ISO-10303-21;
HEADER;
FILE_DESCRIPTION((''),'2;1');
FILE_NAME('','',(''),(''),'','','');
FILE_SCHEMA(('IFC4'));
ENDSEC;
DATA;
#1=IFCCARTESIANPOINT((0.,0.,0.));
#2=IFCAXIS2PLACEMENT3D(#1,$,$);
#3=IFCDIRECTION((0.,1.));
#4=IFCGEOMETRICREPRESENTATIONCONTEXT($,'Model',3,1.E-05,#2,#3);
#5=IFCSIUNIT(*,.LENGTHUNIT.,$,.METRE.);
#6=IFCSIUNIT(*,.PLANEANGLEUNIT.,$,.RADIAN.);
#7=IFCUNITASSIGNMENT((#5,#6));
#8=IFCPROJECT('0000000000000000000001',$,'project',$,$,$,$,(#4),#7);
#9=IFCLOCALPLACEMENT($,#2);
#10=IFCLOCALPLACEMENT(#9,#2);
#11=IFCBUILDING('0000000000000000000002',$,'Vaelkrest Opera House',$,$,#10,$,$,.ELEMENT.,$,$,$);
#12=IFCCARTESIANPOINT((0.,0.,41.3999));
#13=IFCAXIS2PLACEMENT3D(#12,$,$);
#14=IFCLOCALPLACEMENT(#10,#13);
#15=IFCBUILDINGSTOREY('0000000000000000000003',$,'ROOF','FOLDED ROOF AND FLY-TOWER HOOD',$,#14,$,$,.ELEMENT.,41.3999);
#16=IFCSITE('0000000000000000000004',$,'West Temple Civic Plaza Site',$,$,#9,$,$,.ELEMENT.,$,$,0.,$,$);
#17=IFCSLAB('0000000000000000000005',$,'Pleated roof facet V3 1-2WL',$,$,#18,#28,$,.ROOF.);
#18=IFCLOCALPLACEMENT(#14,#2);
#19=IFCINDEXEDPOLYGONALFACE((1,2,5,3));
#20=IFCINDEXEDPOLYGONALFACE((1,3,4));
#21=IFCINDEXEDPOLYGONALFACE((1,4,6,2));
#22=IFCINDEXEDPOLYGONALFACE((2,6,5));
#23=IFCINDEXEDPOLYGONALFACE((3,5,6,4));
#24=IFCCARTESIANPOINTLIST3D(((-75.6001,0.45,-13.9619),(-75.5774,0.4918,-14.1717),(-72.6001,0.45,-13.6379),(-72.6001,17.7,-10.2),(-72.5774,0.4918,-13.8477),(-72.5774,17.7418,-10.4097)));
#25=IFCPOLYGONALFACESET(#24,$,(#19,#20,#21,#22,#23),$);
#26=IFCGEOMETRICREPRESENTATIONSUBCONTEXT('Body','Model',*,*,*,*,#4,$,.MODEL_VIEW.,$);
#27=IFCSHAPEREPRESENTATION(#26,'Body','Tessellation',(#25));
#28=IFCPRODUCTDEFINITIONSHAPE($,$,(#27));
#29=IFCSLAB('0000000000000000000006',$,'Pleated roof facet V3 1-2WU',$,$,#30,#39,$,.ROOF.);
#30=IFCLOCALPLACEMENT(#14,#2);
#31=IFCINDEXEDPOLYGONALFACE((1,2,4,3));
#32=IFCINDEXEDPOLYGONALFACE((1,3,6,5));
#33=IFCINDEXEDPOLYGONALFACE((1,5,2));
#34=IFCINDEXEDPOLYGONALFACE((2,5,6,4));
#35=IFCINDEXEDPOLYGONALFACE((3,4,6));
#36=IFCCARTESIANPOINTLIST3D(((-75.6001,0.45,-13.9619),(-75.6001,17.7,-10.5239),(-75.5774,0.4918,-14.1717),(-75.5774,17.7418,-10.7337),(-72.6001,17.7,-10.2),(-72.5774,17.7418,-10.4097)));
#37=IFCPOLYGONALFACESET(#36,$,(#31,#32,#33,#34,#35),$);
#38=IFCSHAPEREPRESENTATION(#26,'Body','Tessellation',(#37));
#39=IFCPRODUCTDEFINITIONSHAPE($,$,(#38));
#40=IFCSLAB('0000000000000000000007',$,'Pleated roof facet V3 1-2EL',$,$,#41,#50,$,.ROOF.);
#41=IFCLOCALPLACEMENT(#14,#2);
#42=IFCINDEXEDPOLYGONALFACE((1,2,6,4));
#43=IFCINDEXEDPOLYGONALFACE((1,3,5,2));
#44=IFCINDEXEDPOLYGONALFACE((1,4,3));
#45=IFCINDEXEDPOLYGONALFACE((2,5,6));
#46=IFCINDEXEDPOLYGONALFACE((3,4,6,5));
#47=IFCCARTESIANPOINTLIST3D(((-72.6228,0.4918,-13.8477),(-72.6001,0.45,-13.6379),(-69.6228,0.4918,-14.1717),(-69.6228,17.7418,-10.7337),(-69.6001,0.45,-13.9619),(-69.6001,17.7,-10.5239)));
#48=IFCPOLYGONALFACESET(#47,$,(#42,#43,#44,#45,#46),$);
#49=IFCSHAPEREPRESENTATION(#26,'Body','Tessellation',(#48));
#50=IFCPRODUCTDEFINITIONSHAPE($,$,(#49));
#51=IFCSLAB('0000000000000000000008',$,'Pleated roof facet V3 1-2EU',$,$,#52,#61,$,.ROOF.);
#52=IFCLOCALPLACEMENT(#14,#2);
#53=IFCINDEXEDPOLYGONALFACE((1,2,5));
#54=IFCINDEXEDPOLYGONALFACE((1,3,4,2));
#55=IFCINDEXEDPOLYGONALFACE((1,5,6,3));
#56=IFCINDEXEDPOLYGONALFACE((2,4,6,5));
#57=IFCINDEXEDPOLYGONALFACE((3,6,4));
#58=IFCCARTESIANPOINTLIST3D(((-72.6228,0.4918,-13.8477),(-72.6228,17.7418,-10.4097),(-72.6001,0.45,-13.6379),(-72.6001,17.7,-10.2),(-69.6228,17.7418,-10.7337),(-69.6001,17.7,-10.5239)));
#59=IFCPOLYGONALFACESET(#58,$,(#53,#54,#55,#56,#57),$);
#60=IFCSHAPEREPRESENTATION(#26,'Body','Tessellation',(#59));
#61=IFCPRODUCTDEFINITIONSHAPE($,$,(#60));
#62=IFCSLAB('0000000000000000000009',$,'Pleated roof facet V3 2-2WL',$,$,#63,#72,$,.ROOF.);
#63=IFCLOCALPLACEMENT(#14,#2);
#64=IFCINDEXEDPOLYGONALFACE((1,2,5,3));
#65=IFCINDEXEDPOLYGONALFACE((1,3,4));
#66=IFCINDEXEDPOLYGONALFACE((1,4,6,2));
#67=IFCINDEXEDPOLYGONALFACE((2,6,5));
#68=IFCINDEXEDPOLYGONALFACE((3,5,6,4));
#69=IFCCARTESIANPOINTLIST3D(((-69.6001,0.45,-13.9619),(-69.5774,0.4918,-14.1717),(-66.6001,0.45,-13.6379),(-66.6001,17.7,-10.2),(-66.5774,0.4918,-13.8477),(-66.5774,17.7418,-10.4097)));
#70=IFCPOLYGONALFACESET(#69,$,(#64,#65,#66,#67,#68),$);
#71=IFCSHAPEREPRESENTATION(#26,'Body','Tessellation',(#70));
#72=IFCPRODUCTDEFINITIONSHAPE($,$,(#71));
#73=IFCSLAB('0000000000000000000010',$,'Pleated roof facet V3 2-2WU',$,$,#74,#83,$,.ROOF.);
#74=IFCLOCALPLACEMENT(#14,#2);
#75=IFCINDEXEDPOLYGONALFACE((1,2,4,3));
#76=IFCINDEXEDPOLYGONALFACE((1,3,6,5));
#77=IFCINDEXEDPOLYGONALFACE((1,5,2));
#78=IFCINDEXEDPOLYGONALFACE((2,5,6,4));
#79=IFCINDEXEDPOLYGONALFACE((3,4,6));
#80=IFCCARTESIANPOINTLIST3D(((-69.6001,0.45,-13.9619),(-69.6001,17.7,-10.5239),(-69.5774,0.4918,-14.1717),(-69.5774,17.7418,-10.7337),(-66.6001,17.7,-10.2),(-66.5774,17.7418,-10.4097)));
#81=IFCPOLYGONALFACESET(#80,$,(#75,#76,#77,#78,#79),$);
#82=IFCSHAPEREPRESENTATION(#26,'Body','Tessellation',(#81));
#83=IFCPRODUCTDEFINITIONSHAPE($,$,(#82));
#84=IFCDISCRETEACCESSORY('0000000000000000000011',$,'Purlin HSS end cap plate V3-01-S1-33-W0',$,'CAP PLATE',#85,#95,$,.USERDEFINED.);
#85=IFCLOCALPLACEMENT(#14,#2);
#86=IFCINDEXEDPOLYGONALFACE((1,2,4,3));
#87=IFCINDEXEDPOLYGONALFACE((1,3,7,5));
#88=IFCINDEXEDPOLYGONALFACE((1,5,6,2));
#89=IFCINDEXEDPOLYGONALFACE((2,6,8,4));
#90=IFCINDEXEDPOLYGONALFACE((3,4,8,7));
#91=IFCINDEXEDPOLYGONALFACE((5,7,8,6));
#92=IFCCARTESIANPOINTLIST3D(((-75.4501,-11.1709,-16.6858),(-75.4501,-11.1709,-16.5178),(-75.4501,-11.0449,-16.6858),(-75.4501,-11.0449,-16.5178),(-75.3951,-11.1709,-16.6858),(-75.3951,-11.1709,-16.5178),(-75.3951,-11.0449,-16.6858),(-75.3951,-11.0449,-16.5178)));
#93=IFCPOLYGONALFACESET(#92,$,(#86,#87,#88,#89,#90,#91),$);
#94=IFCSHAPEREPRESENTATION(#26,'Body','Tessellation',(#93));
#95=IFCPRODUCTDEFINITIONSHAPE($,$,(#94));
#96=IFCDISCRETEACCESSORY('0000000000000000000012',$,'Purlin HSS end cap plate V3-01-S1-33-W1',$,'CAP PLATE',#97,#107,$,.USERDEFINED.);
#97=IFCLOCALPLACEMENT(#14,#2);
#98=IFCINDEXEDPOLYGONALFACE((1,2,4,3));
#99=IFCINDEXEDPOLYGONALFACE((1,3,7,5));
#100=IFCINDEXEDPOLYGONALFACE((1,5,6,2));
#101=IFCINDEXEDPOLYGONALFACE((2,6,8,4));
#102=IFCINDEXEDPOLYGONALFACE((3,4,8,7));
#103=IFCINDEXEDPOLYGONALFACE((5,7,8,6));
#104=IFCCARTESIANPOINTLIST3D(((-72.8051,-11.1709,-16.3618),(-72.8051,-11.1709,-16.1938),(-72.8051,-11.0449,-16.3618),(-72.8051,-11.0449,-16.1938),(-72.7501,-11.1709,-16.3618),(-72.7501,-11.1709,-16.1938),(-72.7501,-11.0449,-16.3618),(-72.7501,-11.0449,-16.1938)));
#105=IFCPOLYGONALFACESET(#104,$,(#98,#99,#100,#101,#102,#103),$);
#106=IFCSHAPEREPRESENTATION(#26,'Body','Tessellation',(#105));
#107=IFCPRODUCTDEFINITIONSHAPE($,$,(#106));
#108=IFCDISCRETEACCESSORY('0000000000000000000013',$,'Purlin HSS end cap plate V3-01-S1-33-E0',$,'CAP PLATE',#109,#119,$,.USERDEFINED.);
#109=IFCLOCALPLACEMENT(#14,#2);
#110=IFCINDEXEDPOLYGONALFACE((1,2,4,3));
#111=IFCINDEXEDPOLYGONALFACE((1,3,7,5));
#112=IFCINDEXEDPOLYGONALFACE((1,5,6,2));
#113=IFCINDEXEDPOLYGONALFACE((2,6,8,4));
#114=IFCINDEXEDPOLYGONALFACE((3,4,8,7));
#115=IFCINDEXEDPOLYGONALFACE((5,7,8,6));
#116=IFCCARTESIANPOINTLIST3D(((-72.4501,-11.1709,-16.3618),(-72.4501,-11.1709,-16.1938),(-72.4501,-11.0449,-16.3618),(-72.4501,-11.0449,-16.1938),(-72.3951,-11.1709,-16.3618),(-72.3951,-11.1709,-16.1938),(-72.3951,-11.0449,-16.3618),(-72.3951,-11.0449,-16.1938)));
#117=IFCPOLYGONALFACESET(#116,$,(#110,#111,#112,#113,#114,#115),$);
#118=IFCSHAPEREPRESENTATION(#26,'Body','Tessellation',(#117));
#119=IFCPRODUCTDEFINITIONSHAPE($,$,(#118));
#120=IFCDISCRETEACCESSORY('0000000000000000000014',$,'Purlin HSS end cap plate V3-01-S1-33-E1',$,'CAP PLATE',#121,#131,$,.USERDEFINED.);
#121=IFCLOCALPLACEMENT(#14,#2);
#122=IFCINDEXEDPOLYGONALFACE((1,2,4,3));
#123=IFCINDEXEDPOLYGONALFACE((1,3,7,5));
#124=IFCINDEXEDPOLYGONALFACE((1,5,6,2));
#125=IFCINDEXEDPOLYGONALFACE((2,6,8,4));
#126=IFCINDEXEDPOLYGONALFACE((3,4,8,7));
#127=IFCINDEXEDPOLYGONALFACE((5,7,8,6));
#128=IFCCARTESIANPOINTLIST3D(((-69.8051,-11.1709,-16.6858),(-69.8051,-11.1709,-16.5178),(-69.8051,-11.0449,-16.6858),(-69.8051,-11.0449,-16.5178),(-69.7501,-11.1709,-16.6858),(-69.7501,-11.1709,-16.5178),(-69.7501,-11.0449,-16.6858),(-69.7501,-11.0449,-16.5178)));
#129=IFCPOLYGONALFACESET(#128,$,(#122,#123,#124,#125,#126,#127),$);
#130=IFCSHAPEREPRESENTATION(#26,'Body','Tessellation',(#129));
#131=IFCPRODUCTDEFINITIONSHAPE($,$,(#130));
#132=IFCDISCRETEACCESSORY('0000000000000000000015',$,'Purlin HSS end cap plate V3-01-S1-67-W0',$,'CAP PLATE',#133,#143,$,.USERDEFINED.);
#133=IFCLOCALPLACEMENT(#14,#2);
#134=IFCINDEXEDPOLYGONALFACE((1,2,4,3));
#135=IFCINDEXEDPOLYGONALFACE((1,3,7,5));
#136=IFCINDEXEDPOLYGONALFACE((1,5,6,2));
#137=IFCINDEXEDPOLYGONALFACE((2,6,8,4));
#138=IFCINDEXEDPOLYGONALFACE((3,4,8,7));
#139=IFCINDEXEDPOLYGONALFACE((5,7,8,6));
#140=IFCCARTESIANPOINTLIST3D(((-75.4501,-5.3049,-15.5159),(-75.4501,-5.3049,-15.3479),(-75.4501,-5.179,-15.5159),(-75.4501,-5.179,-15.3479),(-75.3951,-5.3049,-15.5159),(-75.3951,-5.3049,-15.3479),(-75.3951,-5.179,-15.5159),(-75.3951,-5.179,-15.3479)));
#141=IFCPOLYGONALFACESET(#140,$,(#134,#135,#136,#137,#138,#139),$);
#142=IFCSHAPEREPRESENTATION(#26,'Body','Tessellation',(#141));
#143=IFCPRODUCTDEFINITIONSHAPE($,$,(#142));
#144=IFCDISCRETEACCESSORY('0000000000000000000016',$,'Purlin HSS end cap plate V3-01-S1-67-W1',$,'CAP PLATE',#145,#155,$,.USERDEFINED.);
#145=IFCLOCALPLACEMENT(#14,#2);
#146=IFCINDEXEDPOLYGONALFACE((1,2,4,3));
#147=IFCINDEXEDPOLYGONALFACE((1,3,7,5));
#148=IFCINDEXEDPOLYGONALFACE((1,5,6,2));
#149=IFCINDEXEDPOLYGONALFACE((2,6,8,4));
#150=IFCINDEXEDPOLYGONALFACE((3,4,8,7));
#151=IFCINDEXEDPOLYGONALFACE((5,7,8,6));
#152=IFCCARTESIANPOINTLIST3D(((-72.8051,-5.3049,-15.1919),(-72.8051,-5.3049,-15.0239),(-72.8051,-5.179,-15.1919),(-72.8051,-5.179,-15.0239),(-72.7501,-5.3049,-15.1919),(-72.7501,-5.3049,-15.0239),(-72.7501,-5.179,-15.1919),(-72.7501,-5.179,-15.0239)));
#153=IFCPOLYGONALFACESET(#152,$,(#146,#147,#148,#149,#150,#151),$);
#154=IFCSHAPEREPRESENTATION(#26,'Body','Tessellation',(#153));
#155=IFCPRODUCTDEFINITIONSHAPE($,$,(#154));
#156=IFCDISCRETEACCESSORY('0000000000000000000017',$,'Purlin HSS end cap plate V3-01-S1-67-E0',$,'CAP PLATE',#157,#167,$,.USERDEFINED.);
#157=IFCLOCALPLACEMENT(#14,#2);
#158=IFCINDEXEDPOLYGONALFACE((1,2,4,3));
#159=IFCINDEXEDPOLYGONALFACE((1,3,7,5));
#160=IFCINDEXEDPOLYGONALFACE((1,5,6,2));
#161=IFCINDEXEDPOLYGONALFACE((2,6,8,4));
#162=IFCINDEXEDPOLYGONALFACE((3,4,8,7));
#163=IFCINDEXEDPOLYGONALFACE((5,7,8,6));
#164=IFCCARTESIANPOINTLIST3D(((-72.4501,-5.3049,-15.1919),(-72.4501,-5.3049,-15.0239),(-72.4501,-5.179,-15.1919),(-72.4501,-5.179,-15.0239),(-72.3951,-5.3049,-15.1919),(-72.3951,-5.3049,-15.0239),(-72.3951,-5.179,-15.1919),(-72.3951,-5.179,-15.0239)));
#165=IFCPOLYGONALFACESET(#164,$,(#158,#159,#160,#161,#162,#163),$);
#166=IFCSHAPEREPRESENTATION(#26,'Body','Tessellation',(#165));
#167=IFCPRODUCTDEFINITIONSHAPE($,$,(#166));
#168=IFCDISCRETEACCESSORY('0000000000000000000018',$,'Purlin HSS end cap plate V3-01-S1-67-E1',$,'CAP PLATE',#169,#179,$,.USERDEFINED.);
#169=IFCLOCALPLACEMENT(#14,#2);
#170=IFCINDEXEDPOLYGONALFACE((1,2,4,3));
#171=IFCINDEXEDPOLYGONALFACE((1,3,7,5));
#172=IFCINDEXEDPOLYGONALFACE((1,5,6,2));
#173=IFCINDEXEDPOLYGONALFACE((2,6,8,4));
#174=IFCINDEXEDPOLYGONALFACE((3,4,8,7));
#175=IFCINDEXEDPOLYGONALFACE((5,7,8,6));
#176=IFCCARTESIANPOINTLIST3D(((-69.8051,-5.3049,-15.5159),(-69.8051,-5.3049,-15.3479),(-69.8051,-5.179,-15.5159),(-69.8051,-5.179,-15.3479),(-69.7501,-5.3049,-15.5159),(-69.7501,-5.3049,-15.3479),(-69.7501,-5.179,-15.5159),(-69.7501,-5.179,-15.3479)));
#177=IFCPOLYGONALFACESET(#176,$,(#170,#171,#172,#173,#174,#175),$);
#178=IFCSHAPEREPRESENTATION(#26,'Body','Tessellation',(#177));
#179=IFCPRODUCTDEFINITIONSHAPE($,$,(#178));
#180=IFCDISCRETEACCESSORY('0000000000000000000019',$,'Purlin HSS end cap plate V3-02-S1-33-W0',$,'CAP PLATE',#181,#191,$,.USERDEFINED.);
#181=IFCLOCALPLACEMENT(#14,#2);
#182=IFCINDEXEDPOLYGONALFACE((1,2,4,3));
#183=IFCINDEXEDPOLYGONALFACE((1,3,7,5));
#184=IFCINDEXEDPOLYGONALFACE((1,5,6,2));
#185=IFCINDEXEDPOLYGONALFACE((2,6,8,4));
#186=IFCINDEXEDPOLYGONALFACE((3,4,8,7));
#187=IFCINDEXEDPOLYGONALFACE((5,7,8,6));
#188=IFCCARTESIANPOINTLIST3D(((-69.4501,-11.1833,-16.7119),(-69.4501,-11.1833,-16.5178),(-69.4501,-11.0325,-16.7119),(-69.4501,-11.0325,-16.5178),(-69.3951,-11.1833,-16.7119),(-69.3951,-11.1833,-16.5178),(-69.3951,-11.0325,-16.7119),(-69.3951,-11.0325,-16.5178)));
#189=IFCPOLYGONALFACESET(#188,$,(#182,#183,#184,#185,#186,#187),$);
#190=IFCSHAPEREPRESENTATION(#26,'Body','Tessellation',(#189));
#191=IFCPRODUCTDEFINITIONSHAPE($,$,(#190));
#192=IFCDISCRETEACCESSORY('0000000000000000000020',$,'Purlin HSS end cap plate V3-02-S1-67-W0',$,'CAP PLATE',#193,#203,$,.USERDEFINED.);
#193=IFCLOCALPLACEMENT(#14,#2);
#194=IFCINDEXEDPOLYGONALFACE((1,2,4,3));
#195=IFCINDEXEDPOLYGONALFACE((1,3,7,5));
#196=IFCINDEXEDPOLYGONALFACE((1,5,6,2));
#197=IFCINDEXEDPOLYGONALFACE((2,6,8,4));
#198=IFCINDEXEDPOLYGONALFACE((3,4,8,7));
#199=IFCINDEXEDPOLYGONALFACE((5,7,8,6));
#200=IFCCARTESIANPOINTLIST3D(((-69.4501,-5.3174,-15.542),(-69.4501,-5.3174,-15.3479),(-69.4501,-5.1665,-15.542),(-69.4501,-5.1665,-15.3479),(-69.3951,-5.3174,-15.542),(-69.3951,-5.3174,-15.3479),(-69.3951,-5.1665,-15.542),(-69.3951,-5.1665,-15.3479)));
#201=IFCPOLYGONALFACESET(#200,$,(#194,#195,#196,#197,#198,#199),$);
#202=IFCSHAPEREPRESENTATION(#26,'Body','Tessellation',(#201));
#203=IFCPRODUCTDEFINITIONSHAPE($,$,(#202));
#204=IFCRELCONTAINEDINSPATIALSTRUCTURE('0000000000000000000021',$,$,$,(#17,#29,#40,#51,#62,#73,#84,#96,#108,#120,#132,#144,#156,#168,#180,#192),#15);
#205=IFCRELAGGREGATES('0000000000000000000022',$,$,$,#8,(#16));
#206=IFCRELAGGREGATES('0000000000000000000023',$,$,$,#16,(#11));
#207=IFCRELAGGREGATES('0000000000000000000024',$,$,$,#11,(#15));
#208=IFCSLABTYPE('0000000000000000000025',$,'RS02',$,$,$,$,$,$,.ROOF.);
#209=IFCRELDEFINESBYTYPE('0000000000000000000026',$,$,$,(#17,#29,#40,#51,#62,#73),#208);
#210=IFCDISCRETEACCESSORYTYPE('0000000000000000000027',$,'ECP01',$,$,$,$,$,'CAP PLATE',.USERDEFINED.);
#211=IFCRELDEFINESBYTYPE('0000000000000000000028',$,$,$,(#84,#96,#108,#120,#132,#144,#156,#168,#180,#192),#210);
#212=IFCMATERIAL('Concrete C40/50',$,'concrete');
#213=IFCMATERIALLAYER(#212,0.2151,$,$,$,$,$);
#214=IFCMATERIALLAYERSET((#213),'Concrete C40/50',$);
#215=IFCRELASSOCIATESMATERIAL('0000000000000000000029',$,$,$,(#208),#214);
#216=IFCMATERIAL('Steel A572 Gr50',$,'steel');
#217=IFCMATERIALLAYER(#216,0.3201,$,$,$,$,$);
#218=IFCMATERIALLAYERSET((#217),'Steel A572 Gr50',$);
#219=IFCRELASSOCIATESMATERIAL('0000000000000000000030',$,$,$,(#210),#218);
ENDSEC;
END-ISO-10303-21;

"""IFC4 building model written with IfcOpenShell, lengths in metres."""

from ifc_helpers import new_model, si_unit, direction, frame, origin, origin_2d, place, context, subcontext, project, spatial, polyline, rectangle, outline, extrude, material, layer, layer_set, type_object, element, save


model = new_model("IFC4")

# Units and contexts
model_context = context("Model", 3, precision=1e-05, world=origin(), true_north=direction((0.0, 1.0)))
body_context = subcontext(model_context, "Body", "Model", "MODEL_VIEW")
ifc_project = project(units=[si_unit("LENGTHUNIT", "METRE"), si_unit("PLANEANGLEUNIT", "RADIAN")], contexts=[model_context])

# Site, building, storey
site_placement = place(None, origin())
site = spatial("IfcSite", under=ifc_project, at=site_placement, Name="West Temple Civic Plaza Site", CompositionType="ELEMENT", RefElevation=0.0)
building_placement = place(site_placement, origin())
building = spatial("IfcBuilding", under=site, at=building_placement, Name="Vaelkrest Opera House", CompositionType="ELEMENT")
storey_placement = place(building_placement, frame((0.0, 0.0, 41.3999)))
storey = spatial("IfcBuildingStorey", under=building, at=storey_placement, Name="ROOF", Description="FOLDED ROOF AND FLY-TOWER HOOD", CompositionType="ELEMENT", Elevation=41.3999)

# Shared definitions
ifc_material_1 = material(Name="Steel A572 Gr50", Category="steel")

# Slabs
ifc_material_2 = material(Name="Concrete C40/50", Category="concrete")
ifc_layer_1 = layer(ifc_material_2, 0.2151)
ifc_layer_set_1 = layer_set([ifc_layer_1], Name="Concrete C40/50")
slab_type = type_object("IfcSlabType", Name="RS02", PredefinedType="ROOF", material=ifc_layer_set_1)
slab_1_placement = place(storey_placement, frame((-75.6001, 0.45, -13.9619), z_axis=(-0.10532, -0.194372, 0.975257), x_axis=(0.994219, 0.0, 0.107367)))
element("IfcSlab", 1, at=slab_1_placement, inside=storey, type_object=slab_type, Name="Pleated roof facet V3 1-2WL", PredefinedType="ROOF", context=body_context, shape_type="SweptSolid", body=[
    extrude(outline(polyline([(0.0, 0.0), (3.0174, 0.0), (3.3866, 17.5854), (0.0, 0.0)])), origin(), (0.0, 0.0, -1.0), 0.2151),
])
slab_2_placement = place(storey_placement, frame((-75.6001, 0.45, -13.9619), z_axis=(-0.10532, -0.194372, 0.975257), x_axis=(0.167518, 0.963229, 0.210066)))
element("IfcSlab", 2, at=slab_2_placement, inside=storey, type_object=slab_type, Name="Pleated roof facet V3 1-2WU", PredefinedType="ROOF", context=body_context, shape_type="SweptSolid", body=[
    extrude(outline(polyline([(0.0, 0.0), (17.9085, 0.0), (17.3379, 2.963), (0.0, 0.0)])), origin(), (0.0, 0.0, -1.0), 0.2151),
])
slab_3_placement = place(storey_placement, frame((-72.6001, 0.45, -13.6379), z_axis=(0.10532, -0.194372, 0.975257), x_axis=(0.994219, 0.0, -0.107367)))
element("IfcSlab", 3, at=slab_3_placement, inside=storey, type_object=slab_type, Name="Pleated roof facet V3 1-2EL", PredefinedType="ROOF", context=body_context, shape_type="SweptSolid", body=[
    extrude(outline(polyline([(0.0, 0.0), (3.0174, 0.0), (2.6483, 17.5854), (0.0, 0.0)])), origin(), (0.0, 0.0, -1.0), 0.2151),
])
slab_4_placement = place(storey_placement, frame((-72.6001, 0.45, -13.6379), z_axis=(0.10532, -0.194372, 0.975257), x_axis=(0.168694, 0.96999, 0.175105)))
element("IfcSlab", 4, at=slab_4_placement, inside=storey, type_object=slab_type, Name="Pleated roof facet V3 1-2EU", PredefinedType="ROOF", context=body_context, shape_type="SweptSolid", body=[
    extrude(outline(polyline([(0.0, 0.0), (17.7837, 0.0), (17.3343, 2.9838), (0.0, 0.0)])), origin(), (0.0, 0.0, -1.0), 0.2151),
])
slab_5_placement = place(storey_placement, frame((-69.6001, 0.45, -13.9619), z_axis=(-0.10532, -0.194372, 0.975257), x_axis=(0.994219, 0.0, 0.107367)))
element("IfcSlab", 5, at=slab_5_placement, inside=storey, type_object=slab_type, Name="Pleated roof facet V3 2-2WL", PredefinedType="ROOF", context=body_context, shape_type="SweptSolid", body=[
    extrude(outline(polyline([(0.0, 0.0), (3.0174, 0.0), (3.3866, 17.5854), (0.0, 0.0)])), origin(), (0.0, 0.0, -1.0), 0.2151),
])
slab_6_placement = place(storey_placement, frame((-69.6001, 0.45, -13.9619), z_axis=(-0.10532, -0.194372, 0.975257), x_axis=(0.167518, 0.963229, 0.210066)))
element("IfcSlab", 6, at=slab_6_placement, inside=storey, type_object=slab_type, Name="Pleated roof facet V3 2-2WU", PredefinedType="ROOF", context=body_context, shape_type="SweptSolid", body=[
    extrude(outline(polyline([(0.0, 0.0), (17.9085, 0.0), (17.3379, 2.963), (0.0, 0.0)])), origin(), (0.0, 0.0, -1.0), 0.2151),
])

# Discrete accessories
ifc_layer_2 = layer(ifc_material_1, 0.3201)
ifc_layer_set_2 = layer_set([ifc_layer_2], Name="Steel A572 Gr50")
discrete_accessory_type = type_object("IfcDiscreteAccessoryType", Name="ECP01", ElementType="CAP PLATE", PredefinedType="USERDEFINED", material=ifc_layer_set_2)
for number, where, z_axis, x_axis, name in (
    (7, (-75.4226, -11.1079, -16.6858), (0.0, 0.0, 1.0), (1.0, 0.0, 0.0), "Purlin HSS end cap plate V3-01-S1-33-W0"),
    (8, (-72.7776, -11.1079, -16.3618), (0.0, 0.0, 1.0), (1.0, 0.0, 0.0), "Purlin HSS end cap plate V3-01-S1-33-W1"),
    (9, (-72.4226, -11.1079, -16.3618), (0.0, 0.0, 1.0), (1.0, 0.0, 0.0), "Purlin HSS end cap plate V3-01-S1-33-E0"),
    (10, (-69.7776, -11.1079, -16.6858), (0.0, 0.0, 1.0), (1.0, 0.0, 0.0), "Purlin HSS end cap plate V3-01-S1-33-E1"),
    (11, (-75.4226, -5.2419, -15.5159), (0.0, 0.0, 1.0), (1.0, 0.0, 0.0), "Purlin HSS end cap plate V3-01-S1-67-W0"),
    (12, (-72.7776, -5.2419, -15.1919), (0.0, 0.0, 1.0), (1.0, 0.0, 0.0), "Purlin HSS end cap plate V3-01-S1-67-W1"),
    (13, (-72.4226, -5.2419, -15.1919), (0.0, 0.0, 1.0), (1.0, 0.0, 0.0), "Purlin HSS end cap plate V3-01-S1-67-E0"),
    (14, (-69.7776, -5.2419, -15.5159), (0.0, 0.0, 1.0), (1.0, 0.0, 0.0), "Purlin HSS end cap plate V3-01-S1-67-E1"),
):
    element("IfcDiscreteAccessory", number, at=place(storey_placement, frame(where, z_axis=z_axis, x_axis=x_axis)), inside=storey, type_object=discrete_accessory_type, Name=name, ObjectType="CAP PLATE", PredefinedType="USERDEFINED", context=body_context, shape_type="SweptSolid", body=[
        extrude(rectangle(XDim=0.0549, YDim=0.126, at=origin_2d()), origin(), (0.0, 0.0, 1.0), 0.168),
    ])
for number, where, z_axis, x_axis, name in (
    (15, (-69.4226, -11.1079, -16.7119), (0.0, 0.0, 1.0), (1.0, 0.0, 0.0), "Purlin HSS end cap plate V3-02-S1-33-W0"),
    (16, (-69.4226, -5.2419, -15.542), (0.0, 0.0, 1.0), (1.0, 0.0, 0.0), "Purlin HSS end cap plate V3-02-S1-67-W0"),
):
    element("IfcDiscreteAccessory", number, at=place(storey_placement, frame(where, z_axis=z_axis, x_axis=x_axis)), inside=storey, type_object=discrete_accessory_type, Name=name, ObjectType="CAP PLATE", PredefinedType="USERDEFINED", context=body_context, shape_type="SweptSolid", body=[
        extrude(rectangle(XDim=0.0549, YDim=0.1509, at=origin_2d()), origin(), (0.0, 0.0, 1.0), 0.1941),
    ])

save(model, "model.ifc")
